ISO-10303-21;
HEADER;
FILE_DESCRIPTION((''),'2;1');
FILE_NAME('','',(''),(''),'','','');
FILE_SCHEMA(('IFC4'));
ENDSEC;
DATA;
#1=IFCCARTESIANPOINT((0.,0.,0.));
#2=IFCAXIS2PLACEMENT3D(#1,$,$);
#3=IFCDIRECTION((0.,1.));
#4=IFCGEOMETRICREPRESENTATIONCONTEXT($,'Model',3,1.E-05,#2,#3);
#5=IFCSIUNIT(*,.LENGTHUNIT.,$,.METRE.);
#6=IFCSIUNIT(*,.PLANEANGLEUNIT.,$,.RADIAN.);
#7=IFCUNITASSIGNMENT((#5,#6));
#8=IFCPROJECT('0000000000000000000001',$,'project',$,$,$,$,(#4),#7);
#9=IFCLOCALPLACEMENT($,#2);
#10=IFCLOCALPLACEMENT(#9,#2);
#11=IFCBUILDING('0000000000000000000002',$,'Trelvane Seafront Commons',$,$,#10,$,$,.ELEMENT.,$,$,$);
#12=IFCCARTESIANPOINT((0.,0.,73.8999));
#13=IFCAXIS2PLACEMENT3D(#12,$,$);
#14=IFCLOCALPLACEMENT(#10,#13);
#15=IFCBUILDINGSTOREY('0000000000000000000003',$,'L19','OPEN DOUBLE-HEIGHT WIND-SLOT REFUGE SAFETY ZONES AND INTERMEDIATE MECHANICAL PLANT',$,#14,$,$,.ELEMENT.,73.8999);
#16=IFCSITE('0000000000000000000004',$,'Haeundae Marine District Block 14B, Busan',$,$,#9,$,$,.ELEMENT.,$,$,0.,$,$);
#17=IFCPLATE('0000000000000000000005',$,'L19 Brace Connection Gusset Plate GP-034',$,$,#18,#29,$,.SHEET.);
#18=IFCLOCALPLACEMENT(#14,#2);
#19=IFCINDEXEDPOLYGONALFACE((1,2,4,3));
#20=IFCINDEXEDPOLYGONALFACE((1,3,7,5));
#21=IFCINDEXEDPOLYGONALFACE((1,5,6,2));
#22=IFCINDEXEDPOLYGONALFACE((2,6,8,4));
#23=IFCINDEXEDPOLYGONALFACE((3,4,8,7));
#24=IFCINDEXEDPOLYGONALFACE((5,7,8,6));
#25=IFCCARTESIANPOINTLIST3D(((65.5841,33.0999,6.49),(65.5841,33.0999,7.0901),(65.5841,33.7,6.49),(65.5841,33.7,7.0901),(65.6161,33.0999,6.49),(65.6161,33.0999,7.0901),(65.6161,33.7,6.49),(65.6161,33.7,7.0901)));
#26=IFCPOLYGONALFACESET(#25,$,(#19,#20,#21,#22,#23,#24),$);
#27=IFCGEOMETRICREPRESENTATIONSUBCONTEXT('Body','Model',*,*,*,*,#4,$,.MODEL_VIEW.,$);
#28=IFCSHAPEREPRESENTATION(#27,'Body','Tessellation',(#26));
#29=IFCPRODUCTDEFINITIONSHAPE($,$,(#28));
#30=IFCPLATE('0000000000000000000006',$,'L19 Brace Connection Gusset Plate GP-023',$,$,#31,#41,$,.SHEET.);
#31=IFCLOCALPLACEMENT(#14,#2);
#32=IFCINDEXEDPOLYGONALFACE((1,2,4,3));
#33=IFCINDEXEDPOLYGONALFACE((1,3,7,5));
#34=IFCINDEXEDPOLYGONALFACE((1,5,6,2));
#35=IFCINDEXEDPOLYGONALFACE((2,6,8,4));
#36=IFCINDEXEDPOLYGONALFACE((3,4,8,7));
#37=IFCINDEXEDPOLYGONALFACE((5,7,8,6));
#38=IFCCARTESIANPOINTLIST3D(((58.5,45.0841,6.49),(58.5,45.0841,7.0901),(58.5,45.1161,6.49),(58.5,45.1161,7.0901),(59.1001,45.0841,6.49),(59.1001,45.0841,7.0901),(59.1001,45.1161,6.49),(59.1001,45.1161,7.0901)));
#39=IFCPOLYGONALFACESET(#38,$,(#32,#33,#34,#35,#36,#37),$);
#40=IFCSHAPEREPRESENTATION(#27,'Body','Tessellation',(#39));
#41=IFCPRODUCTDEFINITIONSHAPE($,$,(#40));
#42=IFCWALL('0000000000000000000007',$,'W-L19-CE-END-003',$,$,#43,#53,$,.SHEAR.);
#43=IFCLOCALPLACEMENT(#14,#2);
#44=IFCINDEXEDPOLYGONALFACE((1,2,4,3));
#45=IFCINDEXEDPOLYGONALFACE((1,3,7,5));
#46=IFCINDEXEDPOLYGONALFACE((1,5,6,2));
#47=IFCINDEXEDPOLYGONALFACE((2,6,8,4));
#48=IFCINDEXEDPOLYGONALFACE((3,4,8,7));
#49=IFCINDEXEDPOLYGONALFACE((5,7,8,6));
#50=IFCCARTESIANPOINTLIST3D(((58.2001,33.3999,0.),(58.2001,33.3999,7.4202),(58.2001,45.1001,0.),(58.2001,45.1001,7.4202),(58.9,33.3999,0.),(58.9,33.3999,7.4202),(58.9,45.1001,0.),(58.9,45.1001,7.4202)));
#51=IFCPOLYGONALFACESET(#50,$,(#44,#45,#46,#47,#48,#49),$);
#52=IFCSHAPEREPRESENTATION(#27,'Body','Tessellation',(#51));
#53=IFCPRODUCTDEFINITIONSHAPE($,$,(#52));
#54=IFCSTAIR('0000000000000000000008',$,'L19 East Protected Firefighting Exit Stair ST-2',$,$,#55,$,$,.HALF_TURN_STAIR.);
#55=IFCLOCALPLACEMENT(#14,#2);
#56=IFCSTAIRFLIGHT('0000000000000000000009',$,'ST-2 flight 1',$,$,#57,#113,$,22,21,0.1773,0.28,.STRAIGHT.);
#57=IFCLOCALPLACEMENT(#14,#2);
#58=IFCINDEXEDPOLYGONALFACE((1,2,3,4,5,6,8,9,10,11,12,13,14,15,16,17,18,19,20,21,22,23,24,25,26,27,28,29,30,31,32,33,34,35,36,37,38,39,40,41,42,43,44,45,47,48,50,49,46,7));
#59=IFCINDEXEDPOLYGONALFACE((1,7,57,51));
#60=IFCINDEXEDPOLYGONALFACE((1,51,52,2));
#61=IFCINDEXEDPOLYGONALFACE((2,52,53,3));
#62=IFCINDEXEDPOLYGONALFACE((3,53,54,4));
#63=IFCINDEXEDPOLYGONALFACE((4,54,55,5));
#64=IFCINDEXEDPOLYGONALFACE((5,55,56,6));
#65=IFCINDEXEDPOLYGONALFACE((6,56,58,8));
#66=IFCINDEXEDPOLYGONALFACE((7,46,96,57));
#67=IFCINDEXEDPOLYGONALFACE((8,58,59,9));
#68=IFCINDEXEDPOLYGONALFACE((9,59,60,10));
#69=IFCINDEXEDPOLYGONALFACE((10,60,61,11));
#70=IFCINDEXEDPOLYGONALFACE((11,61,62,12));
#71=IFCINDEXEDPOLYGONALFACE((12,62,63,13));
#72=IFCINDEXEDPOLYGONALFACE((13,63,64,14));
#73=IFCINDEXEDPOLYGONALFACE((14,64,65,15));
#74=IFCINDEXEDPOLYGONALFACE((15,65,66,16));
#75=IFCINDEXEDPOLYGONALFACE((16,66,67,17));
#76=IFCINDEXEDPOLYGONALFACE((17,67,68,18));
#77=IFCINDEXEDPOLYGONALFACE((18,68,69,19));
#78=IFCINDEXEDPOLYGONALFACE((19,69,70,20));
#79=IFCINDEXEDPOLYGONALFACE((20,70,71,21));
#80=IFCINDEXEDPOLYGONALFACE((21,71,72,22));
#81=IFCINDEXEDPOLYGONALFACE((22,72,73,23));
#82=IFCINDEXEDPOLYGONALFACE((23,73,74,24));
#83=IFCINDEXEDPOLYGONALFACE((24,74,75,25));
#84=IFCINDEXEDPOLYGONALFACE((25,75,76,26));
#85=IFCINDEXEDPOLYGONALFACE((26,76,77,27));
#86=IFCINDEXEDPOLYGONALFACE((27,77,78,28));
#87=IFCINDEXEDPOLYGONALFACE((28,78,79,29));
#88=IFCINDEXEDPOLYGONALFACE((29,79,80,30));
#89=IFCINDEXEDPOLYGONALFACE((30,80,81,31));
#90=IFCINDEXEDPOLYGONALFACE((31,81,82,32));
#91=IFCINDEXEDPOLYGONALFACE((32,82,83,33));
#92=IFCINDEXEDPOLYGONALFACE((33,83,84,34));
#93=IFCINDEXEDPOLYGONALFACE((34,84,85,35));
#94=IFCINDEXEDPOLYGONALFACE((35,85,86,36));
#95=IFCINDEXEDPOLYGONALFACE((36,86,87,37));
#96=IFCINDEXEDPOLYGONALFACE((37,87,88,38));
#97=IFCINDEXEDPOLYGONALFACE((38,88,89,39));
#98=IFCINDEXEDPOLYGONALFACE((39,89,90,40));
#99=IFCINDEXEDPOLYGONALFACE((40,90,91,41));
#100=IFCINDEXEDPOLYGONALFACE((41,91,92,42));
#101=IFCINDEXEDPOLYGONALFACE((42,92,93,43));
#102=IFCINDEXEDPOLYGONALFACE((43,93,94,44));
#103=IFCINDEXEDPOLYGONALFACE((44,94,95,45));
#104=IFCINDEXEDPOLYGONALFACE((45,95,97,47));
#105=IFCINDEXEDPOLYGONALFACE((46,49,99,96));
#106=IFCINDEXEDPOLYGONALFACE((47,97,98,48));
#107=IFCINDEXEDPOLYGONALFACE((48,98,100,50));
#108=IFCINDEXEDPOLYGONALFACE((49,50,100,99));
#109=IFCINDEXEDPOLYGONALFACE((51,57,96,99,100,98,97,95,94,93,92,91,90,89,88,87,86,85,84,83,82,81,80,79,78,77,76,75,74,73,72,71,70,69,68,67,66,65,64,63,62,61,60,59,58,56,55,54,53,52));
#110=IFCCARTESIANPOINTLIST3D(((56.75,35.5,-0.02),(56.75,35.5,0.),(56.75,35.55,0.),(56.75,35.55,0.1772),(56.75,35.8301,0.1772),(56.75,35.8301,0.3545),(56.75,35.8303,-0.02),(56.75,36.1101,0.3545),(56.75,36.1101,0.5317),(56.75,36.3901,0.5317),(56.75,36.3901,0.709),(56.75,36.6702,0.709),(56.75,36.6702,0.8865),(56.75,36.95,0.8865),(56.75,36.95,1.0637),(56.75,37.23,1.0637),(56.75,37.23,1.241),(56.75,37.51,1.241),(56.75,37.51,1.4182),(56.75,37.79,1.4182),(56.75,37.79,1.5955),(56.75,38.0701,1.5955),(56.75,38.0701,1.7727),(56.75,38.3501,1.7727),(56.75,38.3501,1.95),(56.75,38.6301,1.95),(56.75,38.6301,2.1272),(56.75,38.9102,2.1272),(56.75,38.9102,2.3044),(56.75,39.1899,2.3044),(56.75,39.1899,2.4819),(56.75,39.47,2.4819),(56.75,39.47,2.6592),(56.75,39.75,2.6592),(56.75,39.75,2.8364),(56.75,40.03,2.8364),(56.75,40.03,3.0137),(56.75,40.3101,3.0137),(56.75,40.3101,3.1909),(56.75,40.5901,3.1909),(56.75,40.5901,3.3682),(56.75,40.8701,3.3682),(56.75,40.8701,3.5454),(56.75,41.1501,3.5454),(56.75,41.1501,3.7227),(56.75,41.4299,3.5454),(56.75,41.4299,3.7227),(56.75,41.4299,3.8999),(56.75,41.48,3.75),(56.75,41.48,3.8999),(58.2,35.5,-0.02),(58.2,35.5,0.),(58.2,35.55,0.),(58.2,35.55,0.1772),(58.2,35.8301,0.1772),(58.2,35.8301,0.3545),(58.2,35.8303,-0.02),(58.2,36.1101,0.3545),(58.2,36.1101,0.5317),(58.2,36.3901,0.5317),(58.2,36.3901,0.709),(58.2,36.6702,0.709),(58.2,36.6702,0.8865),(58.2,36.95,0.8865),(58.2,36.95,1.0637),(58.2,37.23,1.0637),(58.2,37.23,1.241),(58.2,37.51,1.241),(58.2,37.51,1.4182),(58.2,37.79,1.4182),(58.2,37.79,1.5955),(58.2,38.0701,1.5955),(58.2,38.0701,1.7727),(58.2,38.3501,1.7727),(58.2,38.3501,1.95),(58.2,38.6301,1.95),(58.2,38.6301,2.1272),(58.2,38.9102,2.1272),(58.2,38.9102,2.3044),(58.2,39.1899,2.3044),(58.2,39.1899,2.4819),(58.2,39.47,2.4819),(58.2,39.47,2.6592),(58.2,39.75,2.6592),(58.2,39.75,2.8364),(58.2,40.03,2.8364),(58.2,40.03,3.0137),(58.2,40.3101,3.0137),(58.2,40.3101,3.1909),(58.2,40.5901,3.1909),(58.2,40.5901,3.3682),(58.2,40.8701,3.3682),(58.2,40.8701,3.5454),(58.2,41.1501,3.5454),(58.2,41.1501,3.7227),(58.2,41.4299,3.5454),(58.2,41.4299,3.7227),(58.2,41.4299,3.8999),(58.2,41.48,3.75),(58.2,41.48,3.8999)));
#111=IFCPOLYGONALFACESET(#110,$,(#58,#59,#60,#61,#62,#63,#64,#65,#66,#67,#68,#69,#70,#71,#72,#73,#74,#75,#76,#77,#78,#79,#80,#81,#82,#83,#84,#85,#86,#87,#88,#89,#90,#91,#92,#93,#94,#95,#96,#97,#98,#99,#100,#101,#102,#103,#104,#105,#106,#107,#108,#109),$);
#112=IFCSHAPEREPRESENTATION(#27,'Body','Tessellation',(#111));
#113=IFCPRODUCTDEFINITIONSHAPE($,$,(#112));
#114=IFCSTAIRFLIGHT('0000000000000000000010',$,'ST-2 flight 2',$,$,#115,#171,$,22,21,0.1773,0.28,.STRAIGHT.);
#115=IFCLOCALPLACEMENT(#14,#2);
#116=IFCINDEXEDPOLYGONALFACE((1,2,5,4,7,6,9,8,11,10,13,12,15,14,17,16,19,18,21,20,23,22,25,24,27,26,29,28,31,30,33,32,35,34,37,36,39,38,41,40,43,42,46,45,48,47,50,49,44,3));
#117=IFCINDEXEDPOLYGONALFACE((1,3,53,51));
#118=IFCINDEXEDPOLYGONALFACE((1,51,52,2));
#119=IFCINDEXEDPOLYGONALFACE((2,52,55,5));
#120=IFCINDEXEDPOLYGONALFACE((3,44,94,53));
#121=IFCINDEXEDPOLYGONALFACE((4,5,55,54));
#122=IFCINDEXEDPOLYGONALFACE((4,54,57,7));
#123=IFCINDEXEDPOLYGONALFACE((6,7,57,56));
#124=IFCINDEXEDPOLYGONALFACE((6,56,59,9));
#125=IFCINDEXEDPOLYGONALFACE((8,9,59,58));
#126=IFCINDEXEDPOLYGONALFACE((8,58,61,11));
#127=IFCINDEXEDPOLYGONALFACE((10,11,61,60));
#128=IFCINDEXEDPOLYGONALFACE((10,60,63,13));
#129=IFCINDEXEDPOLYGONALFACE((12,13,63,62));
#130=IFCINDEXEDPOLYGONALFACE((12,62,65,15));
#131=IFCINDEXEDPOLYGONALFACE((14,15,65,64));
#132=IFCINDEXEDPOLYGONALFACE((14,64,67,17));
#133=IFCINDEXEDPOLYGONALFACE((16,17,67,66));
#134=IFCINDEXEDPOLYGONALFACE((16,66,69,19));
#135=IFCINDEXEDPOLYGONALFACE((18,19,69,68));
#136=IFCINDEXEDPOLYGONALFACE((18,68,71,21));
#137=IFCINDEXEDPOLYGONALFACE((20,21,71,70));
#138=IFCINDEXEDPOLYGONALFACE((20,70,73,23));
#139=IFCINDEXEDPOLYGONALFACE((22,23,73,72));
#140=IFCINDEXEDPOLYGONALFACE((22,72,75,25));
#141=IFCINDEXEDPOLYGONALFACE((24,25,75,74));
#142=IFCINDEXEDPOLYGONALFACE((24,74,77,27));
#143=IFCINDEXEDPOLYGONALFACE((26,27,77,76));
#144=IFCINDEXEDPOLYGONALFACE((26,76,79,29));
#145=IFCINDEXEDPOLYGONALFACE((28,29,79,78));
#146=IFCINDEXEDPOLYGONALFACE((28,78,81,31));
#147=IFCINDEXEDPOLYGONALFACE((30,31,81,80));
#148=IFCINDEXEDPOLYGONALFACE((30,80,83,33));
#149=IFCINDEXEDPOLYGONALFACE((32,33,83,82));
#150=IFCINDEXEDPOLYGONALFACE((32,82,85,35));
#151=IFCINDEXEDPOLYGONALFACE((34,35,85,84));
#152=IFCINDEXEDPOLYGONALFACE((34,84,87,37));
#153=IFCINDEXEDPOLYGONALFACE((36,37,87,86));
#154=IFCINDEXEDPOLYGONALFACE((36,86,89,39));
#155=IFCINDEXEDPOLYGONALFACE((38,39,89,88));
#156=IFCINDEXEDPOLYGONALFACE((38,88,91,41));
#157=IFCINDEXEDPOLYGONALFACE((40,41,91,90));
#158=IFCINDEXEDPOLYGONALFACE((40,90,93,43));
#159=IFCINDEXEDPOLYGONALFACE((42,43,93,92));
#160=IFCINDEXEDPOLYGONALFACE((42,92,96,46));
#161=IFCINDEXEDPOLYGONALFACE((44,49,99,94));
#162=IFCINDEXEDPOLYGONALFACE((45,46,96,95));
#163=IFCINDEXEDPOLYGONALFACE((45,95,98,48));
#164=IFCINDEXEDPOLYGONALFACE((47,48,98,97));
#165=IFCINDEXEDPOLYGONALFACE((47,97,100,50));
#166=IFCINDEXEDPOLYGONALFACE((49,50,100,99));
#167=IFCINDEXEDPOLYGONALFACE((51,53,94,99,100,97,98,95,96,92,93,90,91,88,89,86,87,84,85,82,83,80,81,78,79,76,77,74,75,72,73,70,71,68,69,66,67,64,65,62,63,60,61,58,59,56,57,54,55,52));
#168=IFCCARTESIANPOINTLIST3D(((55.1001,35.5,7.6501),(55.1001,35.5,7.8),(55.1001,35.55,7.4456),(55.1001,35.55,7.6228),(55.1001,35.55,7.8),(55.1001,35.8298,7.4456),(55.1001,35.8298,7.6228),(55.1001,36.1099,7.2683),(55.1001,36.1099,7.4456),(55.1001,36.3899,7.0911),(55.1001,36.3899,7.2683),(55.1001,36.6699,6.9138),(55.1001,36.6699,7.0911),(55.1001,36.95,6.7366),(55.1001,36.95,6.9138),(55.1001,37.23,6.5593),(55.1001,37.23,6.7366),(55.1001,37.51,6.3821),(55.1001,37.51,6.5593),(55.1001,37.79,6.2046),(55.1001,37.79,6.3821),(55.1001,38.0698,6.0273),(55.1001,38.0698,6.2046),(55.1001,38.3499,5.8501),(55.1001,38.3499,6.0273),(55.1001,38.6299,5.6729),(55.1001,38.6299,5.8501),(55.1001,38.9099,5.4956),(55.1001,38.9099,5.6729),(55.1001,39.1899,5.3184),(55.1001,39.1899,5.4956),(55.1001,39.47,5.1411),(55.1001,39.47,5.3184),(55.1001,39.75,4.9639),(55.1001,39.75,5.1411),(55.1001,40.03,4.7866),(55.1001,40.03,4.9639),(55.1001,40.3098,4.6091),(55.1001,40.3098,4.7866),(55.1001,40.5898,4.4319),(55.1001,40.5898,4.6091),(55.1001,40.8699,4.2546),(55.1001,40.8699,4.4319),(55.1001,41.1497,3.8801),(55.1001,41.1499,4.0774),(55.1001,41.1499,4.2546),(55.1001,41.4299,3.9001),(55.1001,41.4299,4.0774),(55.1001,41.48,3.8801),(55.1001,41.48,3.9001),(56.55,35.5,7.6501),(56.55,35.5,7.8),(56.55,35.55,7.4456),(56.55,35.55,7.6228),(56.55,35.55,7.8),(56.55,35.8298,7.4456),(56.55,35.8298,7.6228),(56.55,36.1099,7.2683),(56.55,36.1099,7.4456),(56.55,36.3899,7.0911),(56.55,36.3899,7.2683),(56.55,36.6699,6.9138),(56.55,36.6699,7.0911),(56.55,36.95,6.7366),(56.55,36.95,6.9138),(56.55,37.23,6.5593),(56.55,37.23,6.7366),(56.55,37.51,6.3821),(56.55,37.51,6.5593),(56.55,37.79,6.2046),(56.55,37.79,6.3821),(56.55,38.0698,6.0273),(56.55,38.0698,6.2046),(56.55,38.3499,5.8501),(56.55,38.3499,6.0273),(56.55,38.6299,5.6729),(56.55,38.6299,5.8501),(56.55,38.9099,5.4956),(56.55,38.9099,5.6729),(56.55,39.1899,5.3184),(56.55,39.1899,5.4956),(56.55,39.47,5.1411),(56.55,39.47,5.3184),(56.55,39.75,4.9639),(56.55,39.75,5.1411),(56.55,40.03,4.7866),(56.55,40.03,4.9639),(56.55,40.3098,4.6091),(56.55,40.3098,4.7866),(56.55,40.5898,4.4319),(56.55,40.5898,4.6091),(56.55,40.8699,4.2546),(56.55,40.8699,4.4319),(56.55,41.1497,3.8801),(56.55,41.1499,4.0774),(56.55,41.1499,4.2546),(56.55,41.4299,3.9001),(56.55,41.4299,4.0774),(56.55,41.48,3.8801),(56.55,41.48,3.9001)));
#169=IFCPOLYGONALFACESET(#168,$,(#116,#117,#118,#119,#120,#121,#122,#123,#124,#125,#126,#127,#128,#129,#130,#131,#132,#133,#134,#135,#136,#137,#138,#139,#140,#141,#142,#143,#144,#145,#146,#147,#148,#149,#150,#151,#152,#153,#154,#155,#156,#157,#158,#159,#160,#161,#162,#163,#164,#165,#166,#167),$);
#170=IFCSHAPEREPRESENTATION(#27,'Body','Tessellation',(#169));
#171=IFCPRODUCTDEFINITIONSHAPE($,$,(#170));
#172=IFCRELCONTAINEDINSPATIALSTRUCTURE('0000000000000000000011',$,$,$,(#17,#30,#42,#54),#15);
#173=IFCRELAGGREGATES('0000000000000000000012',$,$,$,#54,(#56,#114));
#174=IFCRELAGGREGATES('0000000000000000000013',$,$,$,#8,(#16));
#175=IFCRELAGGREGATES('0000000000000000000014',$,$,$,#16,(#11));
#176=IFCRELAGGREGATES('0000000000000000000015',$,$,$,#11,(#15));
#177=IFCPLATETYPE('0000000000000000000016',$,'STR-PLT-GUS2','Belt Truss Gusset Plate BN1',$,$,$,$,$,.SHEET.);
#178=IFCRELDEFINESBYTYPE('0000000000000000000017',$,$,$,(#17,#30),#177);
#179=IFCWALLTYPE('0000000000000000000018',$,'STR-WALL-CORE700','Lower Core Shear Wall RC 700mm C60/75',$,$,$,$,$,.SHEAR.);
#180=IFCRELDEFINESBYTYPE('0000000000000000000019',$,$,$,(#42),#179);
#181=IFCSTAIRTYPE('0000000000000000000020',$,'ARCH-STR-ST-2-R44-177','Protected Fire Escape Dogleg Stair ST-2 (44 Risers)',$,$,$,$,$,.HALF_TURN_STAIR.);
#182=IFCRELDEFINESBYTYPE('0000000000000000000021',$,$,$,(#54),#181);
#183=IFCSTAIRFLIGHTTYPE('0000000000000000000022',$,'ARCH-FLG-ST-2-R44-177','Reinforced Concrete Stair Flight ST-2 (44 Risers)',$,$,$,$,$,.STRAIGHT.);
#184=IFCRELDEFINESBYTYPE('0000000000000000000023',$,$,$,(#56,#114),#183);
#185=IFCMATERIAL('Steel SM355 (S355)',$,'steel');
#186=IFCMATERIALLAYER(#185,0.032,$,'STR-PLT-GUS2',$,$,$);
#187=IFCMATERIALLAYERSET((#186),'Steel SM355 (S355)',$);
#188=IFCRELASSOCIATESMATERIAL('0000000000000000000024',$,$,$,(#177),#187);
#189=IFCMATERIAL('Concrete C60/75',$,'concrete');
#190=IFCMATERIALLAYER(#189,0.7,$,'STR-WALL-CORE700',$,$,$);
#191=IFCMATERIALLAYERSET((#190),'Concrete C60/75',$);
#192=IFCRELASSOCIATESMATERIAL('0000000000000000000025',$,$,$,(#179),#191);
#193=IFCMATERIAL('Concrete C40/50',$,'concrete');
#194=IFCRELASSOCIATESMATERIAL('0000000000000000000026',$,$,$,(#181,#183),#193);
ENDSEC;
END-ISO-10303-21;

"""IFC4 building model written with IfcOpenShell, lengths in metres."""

from ifc_helpers import new_model, si_unit, direction, frame, frame_2d, origin, origin_2d, place, context, subcontext, project, spatial, polyline, rectangle, outline, extrude, source, transform, mapped, material, layer, layer_set, type_object, element, aggregate, save


model = new_model("IFC4")

# Units and contexts
model_context = context("Model", 3, precision=1e-05, world=origin(), true_north=direction((0.0, 1.0)))
body_context = subcontext(model_context, "Body", "Model", "MODEL_VIEW")
ifc_project = project(units=[si_unit("LENGTHUNIT", "METRE"), si_unit("PLANEANGLEUNIT", "RADIAN")], contexts=[model_context])

# Site, building, storey
site_placement = place(None, origin())
site = spatial("IfcSite", under=ifc_project, at=site_placement, Name="Haeundae Marine District Block 14B, Busan", CompositionType="ELEMENT", RefElevation=0.0)
building_placement = place(site_placement, origin())
building = spatial("IfcBuilding", under=site, at=building_placement, Name="Trelvane Seafront Commons", CompositionType="ELEMENT")
storey_placement = place(building_placement, frame((0.0, 0.0, 73.8999)))
storey = spatial("IfcBuildingStorey", under=building, at=storey_placement, Name="L19", Description="OPEN DOUBLE-HEIGHT WIND-SLOT REFUGE SAFETY ZONES AND INTERMEDIATE MECHANICAL PLANT", CompositionType="ELEMENT", Elevation=73.8999)

# Shared definitions
ifc_material_1 = material(Name="Steel SM355 (S355)", Category="steel")
ifc_material_2 = material(Name="Concrete C60/75", Category="concrete")

# Plates
ifc_layer_1 = layer(ifc_material_1, 0.032, Name="STR-PLT-GUS2")
ifc_layer_set_1 = layer_set([ifc_layer_1], Name="Steel SM355 (S355)")
plate_type = type_object("IfcPlateType", Name="STR-PLT-GUS2", Description="Belt Truss Gusset Plate BN1", PredefinedType="SHEET", material=ifc_layer_set_1)
shared_shape_1 = source(origin(), body_context, "Body", "SweptSolid", [
    extrude(rectangle(XDim=0.032, YDim=0.6001, at=origin_2d()), origin(), (0.0, 0.0, 1.0), 0.6001),
])
for number, where, z_axis, x_axis, name in (
    (1, (65.6001, 33.3999, 6.49), (0.0, 0.0, 1.0), (1.0, 0.0, 0.0), "L19 Brace Connection Gusset Plate GP-034"),
):
    element("IfcPlate", number, at=place(storey_placement, frame(where, z_axis=z_axis, x_axis=x_axis)), inside=storey, type_object=plate_type, Name=name, PredefinedType="SHEET", context=body_context, shape_type="MappedRepresentation", body=[
        mapped(shared_shape_1, transform((0.0, 0.0, 0.0), x_axis=(1.0, 0.0, 0.0), y_axis=(0.0, 1.0, 0.0), z_axis=(0.0, 0.0, 1.0), scale=1.0)),
    ])
shared_shape_2 = source(origin(), body_context, "Body", "SweptSolid", [
    extrude(rectangle(XDim=0.6001, YDim=0.032, at=origin_2d()), origin(), (0.0, 0.0, 1.0), 0.6001),
])
plate_placement = place(storey_placement, frame((58.8, 45.1001, 6.49), z_axis=(0.0, 0.0, 1.0), x_axis=(1.0, 0.0, 0.0)))
element("IfcPlate", 2, at=plate_placement, inside=storey, type_object=plate_type, Name="L19 Brace Connection Gusset Plate GP-023", PredefinedType="SHEET", context=body_context, shape_type="MappedRepresentation", body=[
    mapped(shared_shape_2, transform((0.0, 0.0, 0.0), x_axis=(1.0, 0.0, 0.0), y_axis=(0.0, 1.0, 0.0), z_axis=(0.0, 0.0, 1.0), scale=1.0)),
])

# Wall
ifc_layer_2 = layer(ifc_material_2, 0.7, Name="STR-WALL-CORE700")
ifc_layer_set_2 = layer_set([ifc_layer_2], Name="Concrete C60/75")
wall_type = type_object("IfcWallType", Name="STR-WALL-CORE700", Description="Lower Core Shear Wall RC 700mm C60/75", PredefinedType="SHEAR", material=ifc_layer_set_2)
wall_placement = place(storey_placement, frame((58.55, 33.3999, 0.0), z_axis=(0.0, 0.0, 1.0), x_axis=(0.0, 1.0, 0.0)))
element("IfcWall", 3, at=wall_placement, inside=storey, type_object=wall_type, Name="W-L19-CE-END-003", PredefinedType="SHEAR", context=body_context, shape_type="SweptSolid", body=[
    extrude(rectangle(XDim=11.7002, YDim=0.7, at=frame_2d((5.8501, 0.0))), origin(), (0.0, 0.0, 1.0), 7.4202),
])

# Stair, stair flights
ifc_material_3 = material(Name="Concrete C40/50", Category="concrete")
stair_type = type_object("IfcStairType", Name="ARCH-STR-ST-2-R44-177", Description="Protected Fire Escape Dogleg Stair ST-2 (44 Risers)", PredefinedType="HALF_TURN_STAIR", material=ifc_material_3)
stair_placement = place(storey_placement, origin())
stair = element("IfcStair", 4, at=stair_placement, inside=storey, type_object=stair_type, Name="L19 East Protected Firefighting Exit Stair ST-2", PredefinedType="HALF_TURN_STAIR")
stair_flight_type = type_object("IfcStairFlightType", Name="ARCH-FLG-ST-2-R44-177", Description="Reinforced Concrete Stair Flight ST-2 (44 Risers)", PredefinedType="STRAIGHT", material=ifc_material_3)
shared_shape_3 = source(origin(), body_context, "Body", "SweptSolid", [
    extrude(outline(polyline([(-0.05, -0.02), (-0.05, 0.0), (0.0, 0.0), (0.0, 0.1772), (0.28, 0.1772), (0.28, 0.3545), (0.5601, 0.3545), (0.5601, 0.5317), (0.8401, 0.5317), (0.8401, 0.709), (1.1201, 0.709), (1.1201, 0.8865), (1.3999, 0.8865), (1.3999, 1.0637), (1.6799, 1.0637), (1.6799, 1.241), (1.96, 1.241), (1.96, 1.4182), (2.24, 1.4182), (2.24, 1.5955), (2.52, 1.5955), (2.52, 1.7727), (2.8, 1.7727), (2.8, 1.95), (3.0801, 1.95), (3.0801, 2.1272), (3.3601, 2.1272), (3.3601, 2.3044), (3.6399, 2.3044), (3.6399, 2.4819), (3.9199, 2.4819), (3.9199, 2.6592), (4.2, 2.6592), (4.2, 2.8364), (4.48, 2.8364), (4.48, 3.0137), (4.76, 3.0137), (4.76, 3.1909), (5.04, 3.1909), (5.04, 3.3682), (5.3201, 3.3682), (5.3201, 3.5454), (5.6001, 3.5454), (5.6001, 3.7227), (5.8799, 3.7227), (5.8799, 3.8999), (5.9299, 3.8999), (5.9299, 3.75), (5.8799, 3.5454), (0.2803, -0.02), (-0.05, -0.02)])), frame((0.0, 0.7251, 0.0), z_axis=(0.0, -1.0, 0.0), x_axis=(1.0, 0.0, 0.0)), (0.0, 0.0, 1.0), 1.45),
])
stair_flight_1_placement = place(storey_placement, frame((57.4751, 35.55, 0.0), z_axis=(0.0, 0.0, 1.0), x_axis=(0.0, 1.0, 0.0)))
stair_flight_1 = element("IfcStairFlight", 5, at=stair_flight_1_placement, type_object=stair_flight_type, Name="ST-2 flight 1", NumberOfRisers=22, NumberOfTreads=21, PredefinedType="STRAIGHT", RiserHeight=0.1773, TreadLength=0.28, context=body_context, shape_type="MappedRepresentation", body=[
    mapped(shared_shape_3, transform((0.0, 0.0, 0.0), x_axis=(1.0, 0.0, 0.0), y_axis=(0.0, 1.0, 0.0), z_axis=(0.0, 0.0, 1.0), scale=1.0)),
])
stair_flight_2_placement = place(storey_placement, frame((55.825, 41.4299, 3.9001), z_axis=(0.0, 0.0, 1.0), x_axis=(0.0, -1.0, 0.0)))
stair_flight_2 = element("IfcStairFlight", 6, at=stair_flight_2_placement, type_object=stair_flight_type, Name="ST-2 flight 2", NumberOfRisers=22, NumberOfTreads=21, PredefinedType="STRAIGHT", RiserHeight=0.1773, TreadLength=0.28, context=body_context, shape_type="MappedRepresentation", body=[
    mapped(shared_shape_3, transform((0.0, 0.0, 0.0), x_axis=(1.0, 0.0, 0.0), y_axis=(0.0, 1.0, 0.0), z_axis=(0.0, 0.0, 1.0), scale=1.0)),
])
aggregate(stair, [stair_flight_1, stair_flight_2])

save(model, "model.ifc")
